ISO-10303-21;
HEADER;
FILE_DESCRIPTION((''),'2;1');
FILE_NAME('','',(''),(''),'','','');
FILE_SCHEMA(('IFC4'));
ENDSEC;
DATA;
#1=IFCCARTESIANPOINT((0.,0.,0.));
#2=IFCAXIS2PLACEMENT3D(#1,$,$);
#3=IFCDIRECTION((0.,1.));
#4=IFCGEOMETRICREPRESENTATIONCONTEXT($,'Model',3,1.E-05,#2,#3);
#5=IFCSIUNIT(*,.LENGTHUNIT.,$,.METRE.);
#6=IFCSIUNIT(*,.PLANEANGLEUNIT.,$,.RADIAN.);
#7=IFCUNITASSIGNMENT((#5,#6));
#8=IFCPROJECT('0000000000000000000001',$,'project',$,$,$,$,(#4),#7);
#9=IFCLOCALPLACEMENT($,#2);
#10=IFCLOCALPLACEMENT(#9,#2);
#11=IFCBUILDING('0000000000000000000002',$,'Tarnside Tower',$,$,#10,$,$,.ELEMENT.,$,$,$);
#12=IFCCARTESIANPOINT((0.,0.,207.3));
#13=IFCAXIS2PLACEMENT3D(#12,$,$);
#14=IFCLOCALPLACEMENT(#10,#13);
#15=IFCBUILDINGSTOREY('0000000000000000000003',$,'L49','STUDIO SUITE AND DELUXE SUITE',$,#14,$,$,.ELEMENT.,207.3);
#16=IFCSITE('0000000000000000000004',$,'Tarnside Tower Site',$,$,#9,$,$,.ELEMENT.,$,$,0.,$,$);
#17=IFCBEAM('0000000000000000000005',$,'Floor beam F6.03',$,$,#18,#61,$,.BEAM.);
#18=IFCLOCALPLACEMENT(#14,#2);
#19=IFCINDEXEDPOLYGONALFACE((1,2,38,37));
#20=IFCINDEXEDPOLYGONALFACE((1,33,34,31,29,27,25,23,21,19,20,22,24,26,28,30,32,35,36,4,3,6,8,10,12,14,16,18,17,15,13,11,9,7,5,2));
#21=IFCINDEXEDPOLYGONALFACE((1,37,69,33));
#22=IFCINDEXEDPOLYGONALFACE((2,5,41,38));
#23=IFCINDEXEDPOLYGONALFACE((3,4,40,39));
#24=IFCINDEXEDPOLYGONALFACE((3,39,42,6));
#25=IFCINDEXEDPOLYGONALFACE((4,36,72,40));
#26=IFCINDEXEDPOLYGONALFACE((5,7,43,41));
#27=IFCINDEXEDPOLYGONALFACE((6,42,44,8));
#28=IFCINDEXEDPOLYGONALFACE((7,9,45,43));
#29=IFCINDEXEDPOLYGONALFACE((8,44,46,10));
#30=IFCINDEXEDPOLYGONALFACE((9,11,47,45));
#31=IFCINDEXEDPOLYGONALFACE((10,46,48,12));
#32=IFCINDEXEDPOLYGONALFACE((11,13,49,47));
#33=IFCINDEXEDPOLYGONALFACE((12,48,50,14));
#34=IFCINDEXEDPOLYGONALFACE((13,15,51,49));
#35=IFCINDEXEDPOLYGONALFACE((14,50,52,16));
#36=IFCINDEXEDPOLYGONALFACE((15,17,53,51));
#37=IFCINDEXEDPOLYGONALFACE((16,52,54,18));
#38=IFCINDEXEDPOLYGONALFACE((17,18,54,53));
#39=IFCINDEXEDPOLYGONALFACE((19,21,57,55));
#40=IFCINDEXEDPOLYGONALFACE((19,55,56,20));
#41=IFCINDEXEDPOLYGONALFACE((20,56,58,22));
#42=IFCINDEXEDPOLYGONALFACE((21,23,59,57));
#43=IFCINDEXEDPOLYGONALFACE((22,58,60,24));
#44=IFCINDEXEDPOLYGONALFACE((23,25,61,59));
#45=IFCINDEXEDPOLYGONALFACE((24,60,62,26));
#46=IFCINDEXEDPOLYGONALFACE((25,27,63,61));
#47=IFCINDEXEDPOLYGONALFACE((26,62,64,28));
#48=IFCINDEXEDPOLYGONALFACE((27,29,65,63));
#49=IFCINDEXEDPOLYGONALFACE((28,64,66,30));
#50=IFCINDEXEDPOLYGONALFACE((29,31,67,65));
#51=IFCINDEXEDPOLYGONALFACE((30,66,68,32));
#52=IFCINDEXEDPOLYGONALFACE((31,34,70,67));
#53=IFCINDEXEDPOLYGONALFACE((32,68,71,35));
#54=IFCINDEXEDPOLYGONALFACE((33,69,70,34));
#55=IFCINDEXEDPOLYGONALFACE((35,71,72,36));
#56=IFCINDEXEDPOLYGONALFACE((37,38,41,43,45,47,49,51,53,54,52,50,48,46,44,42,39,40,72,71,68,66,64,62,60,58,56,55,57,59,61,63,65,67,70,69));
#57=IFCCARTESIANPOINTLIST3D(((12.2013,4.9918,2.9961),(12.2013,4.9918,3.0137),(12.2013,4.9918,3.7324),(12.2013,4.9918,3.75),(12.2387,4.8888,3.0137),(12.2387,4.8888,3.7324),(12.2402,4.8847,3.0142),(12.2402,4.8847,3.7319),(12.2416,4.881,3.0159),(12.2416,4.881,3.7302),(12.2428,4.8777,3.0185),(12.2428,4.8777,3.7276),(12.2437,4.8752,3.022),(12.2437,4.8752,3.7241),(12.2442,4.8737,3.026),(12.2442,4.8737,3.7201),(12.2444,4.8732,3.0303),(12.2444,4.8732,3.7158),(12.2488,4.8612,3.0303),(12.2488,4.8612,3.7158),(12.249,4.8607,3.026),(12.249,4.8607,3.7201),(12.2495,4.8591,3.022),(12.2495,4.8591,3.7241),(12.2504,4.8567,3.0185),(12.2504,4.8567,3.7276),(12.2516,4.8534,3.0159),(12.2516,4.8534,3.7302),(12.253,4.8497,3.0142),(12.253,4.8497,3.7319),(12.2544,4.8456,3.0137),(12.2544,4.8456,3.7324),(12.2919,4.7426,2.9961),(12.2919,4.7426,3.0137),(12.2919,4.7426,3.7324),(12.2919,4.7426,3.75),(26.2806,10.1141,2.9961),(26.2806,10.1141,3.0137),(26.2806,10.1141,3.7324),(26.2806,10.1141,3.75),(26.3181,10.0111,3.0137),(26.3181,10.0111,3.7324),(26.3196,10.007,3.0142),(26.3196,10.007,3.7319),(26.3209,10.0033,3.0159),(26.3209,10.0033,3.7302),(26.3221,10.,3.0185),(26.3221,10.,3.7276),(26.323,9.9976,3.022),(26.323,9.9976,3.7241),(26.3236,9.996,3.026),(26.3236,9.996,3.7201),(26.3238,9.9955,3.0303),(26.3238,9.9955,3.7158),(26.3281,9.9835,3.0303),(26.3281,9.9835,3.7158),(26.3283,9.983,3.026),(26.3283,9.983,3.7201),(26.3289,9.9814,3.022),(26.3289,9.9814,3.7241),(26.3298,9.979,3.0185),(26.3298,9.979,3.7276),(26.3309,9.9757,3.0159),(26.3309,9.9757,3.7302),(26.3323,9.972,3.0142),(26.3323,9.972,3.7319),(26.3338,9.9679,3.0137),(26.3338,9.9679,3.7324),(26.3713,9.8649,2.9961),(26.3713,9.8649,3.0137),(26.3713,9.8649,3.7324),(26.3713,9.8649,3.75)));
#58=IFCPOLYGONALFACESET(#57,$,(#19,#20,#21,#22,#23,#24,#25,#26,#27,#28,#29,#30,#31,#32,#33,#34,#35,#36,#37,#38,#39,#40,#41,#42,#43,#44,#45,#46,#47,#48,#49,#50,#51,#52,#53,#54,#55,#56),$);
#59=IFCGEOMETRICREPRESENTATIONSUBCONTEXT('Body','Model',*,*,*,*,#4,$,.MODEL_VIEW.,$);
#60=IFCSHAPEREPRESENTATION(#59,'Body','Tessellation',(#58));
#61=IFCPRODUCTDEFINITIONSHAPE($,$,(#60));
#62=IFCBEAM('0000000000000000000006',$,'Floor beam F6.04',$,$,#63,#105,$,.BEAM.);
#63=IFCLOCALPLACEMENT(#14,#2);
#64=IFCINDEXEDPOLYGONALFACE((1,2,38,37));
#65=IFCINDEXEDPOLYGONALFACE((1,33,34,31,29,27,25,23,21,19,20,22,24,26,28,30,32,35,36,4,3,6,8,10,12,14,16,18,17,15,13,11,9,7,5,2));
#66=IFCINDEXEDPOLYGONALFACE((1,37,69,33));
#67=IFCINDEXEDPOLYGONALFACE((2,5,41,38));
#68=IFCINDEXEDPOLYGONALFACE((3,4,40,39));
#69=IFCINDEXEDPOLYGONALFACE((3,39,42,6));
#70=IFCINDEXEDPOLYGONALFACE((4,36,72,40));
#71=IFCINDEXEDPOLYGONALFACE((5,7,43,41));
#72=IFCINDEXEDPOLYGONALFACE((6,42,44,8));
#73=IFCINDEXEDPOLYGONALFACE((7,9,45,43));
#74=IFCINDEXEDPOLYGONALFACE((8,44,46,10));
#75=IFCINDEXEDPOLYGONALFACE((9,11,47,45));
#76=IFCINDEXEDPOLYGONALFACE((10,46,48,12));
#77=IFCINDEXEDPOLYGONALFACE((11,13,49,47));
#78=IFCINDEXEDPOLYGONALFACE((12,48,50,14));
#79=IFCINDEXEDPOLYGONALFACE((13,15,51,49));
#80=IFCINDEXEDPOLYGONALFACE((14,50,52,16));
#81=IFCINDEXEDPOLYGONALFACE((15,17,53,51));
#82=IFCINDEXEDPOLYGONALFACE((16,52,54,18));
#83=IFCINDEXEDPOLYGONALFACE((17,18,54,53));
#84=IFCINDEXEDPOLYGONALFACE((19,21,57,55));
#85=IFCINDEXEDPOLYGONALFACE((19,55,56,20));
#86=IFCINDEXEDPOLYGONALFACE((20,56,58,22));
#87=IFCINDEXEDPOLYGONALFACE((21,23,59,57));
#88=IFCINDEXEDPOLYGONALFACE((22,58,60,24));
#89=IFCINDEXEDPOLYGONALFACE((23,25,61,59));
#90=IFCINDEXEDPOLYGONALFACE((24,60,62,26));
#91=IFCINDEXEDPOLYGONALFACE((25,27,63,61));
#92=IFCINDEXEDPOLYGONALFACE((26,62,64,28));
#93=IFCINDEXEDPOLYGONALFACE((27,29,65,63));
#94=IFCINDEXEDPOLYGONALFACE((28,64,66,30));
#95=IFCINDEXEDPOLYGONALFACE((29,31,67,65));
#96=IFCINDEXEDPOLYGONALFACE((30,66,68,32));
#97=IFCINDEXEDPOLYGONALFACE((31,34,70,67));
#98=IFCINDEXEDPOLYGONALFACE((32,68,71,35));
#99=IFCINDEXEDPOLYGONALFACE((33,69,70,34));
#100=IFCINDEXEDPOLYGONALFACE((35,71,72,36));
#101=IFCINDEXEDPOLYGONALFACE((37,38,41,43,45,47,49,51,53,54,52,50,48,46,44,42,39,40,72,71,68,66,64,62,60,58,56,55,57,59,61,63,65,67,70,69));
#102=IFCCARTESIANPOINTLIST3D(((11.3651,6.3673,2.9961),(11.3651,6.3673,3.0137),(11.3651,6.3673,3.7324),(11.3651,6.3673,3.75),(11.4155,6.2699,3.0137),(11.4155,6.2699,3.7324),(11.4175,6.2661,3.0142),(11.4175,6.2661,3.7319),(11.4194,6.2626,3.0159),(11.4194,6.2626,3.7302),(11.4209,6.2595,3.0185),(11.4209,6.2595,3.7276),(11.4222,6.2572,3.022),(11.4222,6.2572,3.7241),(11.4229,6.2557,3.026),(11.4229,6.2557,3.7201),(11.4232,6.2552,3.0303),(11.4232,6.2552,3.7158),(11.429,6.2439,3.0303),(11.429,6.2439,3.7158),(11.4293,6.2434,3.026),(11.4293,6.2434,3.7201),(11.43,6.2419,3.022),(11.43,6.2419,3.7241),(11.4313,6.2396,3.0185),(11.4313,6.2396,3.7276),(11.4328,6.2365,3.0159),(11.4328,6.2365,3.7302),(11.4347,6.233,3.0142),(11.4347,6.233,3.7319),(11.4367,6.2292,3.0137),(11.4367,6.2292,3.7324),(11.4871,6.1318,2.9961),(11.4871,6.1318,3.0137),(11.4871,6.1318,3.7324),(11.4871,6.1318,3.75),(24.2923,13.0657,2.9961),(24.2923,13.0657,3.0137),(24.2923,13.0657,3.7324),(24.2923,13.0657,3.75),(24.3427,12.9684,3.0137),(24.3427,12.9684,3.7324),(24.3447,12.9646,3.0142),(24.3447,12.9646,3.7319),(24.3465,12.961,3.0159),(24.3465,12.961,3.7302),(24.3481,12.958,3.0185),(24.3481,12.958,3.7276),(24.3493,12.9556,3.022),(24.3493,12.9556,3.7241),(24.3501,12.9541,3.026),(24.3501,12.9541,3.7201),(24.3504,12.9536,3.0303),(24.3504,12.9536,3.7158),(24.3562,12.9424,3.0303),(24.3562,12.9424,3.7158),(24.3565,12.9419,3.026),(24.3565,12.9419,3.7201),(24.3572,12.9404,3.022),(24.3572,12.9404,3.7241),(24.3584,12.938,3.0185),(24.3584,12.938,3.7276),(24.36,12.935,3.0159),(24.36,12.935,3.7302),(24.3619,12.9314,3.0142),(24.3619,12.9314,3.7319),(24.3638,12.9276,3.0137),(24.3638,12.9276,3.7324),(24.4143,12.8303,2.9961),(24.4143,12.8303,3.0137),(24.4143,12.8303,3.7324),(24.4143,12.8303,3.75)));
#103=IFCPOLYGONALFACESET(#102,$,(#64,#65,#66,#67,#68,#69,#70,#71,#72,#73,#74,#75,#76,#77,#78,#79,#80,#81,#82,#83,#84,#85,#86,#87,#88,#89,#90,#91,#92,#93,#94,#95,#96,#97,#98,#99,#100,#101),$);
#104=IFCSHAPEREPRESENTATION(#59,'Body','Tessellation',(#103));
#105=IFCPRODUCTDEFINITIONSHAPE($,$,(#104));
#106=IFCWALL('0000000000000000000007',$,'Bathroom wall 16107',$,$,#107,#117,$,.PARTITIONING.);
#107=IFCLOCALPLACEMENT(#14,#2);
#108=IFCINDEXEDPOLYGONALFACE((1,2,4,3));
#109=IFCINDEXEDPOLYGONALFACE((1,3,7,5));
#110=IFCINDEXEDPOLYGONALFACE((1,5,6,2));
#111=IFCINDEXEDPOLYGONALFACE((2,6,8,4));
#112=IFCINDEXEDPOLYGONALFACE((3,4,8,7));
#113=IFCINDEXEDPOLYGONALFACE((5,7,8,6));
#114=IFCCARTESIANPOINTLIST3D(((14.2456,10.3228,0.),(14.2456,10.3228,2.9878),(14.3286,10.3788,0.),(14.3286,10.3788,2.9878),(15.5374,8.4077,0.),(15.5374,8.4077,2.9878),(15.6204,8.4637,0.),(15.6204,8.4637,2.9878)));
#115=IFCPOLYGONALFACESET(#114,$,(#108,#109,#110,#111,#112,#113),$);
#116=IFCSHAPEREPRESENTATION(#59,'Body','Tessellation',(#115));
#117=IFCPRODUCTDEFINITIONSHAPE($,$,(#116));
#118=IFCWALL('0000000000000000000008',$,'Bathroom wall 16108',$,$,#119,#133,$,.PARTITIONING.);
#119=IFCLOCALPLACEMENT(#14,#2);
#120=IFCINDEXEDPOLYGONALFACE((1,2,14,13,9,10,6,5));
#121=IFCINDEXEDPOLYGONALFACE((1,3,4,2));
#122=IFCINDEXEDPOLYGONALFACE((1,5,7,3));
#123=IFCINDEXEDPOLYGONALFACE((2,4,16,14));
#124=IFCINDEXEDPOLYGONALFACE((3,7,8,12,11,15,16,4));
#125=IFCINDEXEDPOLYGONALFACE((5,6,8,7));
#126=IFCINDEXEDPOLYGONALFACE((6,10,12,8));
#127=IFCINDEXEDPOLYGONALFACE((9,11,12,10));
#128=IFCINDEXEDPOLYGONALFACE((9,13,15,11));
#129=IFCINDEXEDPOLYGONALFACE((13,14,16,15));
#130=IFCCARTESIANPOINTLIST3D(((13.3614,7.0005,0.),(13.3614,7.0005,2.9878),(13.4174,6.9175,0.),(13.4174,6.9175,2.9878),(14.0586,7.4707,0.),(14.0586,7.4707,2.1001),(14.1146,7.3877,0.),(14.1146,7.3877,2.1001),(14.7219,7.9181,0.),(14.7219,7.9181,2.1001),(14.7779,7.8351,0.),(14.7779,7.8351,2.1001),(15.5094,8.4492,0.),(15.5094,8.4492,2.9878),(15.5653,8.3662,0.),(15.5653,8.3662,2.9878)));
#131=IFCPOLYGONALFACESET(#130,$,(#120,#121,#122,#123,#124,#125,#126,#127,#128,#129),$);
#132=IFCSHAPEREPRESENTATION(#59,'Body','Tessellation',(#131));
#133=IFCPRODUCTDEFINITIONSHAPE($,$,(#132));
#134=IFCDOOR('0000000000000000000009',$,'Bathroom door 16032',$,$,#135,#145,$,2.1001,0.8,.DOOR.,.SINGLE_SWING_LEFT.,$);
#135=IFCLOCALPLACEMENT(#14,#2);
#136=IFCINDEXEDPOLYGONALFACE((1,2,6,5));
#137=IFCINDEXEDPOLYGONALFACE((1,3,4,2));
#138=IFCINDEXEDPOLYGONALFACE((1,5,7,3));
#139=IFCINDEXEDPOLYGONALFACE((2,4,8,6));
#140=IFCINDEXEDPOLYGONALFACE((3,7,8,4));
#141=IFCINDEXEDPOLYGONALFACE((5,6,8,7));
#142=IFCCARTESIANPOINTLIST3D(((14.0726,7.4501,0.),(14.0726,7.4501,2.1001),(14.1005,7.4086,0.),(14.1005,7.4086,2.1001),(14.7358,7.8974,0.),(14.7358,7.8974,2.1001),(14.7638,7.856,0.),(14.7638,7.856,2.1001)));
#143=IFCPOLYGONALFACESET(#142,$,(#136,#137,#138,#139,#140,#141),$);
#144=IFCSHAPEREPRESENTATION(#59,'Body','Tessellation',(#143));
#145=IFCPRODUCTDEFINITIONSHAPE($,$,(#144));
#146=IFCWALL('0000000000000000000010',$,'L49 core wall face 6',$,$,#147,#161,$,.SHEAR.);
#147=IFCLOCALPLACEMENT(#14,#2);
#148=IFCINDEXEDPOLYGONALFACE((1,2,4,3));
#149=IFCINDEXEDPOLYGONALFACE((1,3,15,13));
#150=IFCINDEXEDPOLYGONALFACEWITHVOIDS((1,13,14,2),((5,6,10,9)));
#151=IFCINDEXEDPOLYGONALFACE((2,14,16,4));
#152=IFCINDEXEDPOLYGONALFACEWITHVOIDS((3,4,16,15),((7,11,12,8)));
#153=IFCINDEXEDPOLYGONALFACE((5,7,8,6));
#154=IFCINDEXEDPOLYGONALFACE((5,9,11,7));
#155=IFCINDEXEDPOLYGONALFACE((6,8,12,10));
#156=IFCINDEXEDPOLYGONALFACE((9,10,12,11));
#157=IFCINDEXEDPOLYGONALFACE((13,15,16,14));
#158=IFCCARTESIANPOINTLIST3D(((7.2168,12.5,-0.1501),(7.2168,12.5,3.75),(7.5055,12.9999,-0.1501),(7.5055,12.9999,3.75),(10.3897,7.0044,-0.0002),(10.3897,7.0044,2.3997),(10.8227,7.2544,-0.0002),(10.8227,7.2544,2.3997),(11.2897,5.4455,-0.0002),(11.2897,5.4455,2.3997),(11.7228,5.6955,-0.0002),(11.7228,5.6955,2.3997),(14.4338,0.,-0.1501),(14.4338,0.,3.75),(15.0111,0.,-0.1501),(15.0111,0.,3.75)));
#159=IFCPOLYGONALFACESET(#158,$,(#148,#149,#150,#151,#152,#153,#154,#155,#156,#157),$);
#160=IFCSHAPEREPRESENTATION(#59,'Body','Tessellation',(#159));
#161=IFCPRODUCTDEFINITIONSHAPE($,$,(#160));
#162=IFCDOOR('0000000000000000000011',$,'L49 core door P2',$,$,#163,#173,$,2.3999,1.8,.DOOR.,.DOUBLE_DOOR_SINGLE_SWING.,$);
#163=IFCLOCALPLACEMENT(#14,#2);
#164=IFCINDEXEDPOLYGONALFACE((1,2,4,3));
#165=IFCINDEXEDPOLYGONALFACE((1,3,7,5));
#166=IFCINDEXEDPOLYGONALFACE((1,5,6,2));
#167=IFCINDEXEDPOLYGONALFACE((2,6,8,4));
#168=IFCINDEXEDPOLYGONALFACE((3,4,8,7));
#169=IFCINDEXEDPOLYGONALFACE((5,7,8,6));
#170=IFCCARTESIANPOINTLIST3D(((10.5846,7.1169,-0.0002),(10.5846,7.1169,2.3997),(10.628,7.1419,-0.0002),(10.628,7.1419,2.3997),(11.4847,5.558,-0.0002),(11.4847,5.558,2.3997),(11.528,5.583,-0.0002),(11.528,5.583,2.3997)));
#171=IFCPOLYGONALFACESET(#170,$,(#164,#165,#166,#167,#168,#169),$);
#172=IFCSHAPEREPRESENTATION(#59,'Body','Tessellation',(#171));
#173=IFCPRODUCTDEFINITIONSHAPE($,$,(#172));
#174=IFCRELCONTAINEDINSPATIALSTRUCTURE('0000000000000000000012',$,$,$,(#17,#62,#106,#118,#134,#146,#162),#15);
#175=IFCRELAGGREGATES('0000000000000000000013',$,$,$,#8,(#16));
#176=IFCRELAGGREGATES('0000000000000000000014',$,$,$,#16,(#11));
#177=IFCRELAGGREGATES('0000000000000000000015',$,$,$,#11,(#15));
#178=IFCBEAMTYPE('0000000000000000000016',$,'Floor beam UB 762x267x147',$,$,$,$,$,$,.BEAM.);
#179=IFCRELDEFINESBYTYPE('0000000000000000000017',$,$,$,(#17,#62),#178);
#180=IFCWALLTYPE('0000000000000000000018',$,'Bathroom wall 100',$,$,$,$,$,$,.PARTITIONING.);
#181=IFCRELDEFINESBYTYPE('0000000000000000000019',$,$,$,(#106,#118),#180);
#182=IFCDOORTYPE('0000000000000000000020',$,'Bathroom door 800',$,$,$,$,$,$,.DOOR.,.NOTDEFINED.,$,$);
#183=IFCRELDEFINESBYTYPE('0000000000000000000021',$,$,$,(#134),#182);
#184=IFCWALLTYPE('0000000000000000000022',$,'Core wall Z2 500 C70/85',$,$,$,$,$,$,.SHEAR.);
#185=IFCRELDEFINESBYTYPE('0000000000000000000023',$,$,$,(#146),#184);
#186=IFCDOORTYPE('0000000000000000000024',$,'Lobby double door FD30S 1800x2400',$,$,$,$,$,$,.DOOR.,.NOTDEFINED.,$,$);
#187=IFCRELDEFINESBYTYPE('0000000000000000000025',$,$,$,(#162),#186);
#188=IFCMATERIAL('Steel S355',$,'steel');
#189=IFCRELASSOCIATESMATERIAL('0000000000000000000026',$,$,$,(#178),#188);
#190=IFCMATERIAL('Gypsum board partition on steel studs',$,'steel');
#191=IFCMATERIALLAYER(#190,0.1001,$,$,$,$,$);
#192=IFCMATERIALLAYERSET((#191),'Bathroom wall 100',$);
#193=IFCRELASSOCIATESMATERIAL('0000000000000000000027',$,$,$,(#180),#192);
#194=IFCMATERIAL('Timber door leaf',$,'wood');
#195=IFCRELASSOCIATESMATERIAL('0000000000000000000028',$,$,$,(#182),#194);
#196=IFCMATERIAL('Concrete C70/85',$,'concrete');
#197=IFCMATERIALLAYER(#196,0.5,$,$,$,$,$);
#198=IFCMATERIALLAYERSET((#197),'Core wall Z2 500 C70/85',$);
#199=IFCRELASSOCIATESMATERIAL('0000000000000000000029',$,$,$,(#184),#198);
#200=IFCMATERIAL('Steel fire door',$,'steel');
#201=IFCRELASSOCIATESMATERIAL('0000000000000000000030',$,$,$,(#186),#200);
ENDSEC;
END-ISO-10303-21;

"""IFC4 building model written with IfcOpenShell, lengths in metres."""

from ifc_helpers import new_model, si_unit, direction, frame, frame_2d, origin, origin_2d, place, context, subcontext, project, spatial, polyline, rectangle, i_section, outline, extrude, material, layer, layer_set, material_profile, profile_set, type_object, element, fill, save


model = new_model("IFC4")

# Units and contexts
model_context = context("Model", 3, precision=1e-05, world=origin(), true_north=direction((0.0, 1.0)))
body_context = subcontext(model_context, "Body", "Model", "MODEL_VIEW")
ifc_project = project(units=[si_unit("LENGTHUNIT", "METRE"), si_unit("PLANEANGLEUNIT", "RADIAN")], contexts=[model_context])

# Site, building, storey
site_placement = place(None, origin())
site = spatial("IfcSite", under=ifc_project, at=site_placement, Name="Tarnside Tower Site", CompositionType="ELEMENT", RefElevation=0.0)
building_placement = place(site_placement, origin())
building = spatial("IfcBuilding", under=site, at=building_placement, Name="Tarnside Tower", CompositionType="ELEMENT")
storey_placement = place(building_placement, frame((0.0, 0.0, 207.3)))
storey = spatial("IfcBuildingStorey", under=building, at=storey_placement, Name="L49", Description="STUDIO SUITE AND DELUXE SUITE", CompositionType="ELEMENT", Elevation=207.3)

# Beams
ifc_material_1 = material(Name="Steel S355", Category="steel")
ifc_material_profile = material_profile(ifc_material_1, i_section(OverallWidth=0.2651, OverallDepth=0.7539, WebThickness=0.0127, FlangeThickness=0.0176, FilletRadius=0.0166, at=origin_2d()), Name="UB 762x267x147")
ifc_profile_set = profile_set([ifc_material_profile], Name="Steel S355")
beam_type = type_object("IfcBeamType", Name="Floor beam UB 762x267x147", PredefinedType="BEAM", material=ifc_profile_set)
beam_1_placement = place(storey_placement, frame((26.3259, 9.9895, 3.373), z_axis=(-0.939739, -0.341894, 0.0), x_axis=(0.341894, -0.939739, 0.0)))
element("IfcBeam", 1, at=beam_1_placement, inside=storey, type_object=beam_type, Name="Floor beam F6.03", PredefinedType="BEAM", context=body_context, shape_type="SweptSolid", body=[
    extrude(i_section(OverallWidth=0.2651, OverallDepth=0.7539, WebThickness=0.0127, FlangeThickness=0.0176, FilletRadius=0.0166, at=origin_2d()), origin(), (0.0, 0.0, 1.0), 14.9822),
])
beam_2_placement = place(storey_placement, frame((24.3533, 12.948, 3.373), z_axis=(-0.887882, -0.460072, 0.0), x_axis=(0.460072, -0.887882, 0.0)))
element("IfcBeam", 2, at=beam_2_placement, inside=storey, type_object=beam_type, Name="Floor beam F6.04", PredefinedType="BEAM", context=body_context, shape_type="SweptSolid", body=[
    extrude(i_section(OverallWidth=0.2651, OverallDepth=0.7539, WebThickness=0.0127, FlangeThickness=0.0176, FilletRadius=0.0166, at=origin_2d()), origin(), (0.0, 0.0, 1.0), 14.5596),
])

# Wall
ifc_material_2 = material(Name="Gypsum board partition on steel studs", Category="steel")
ifc_layer_1 = layer(ifc_material_2, 0.1001)
ifc_layer_set_1 = layer_set([ifc_layer_1], Name="Bathroom wall 100")
wall_type_1 = type_object("IfcWallType", Name="Bathroom wall 100", PredefinedType="PARTITIONING", material=ifc_layer_set_1)
wall_1_placement = place(storey_placement, frame((14.2871, 10.3508, 0.0), z_axis=(0.0, 0.0, 1.0), x_axis=(0.559204, -0.82903, 0.0)))
element("IfcWall", 3, at=wall_1_placement, inside=storey, type_object=wall_type_1, Name="Bathroom wall 16107", PredefinedType="PARTITIONING", context=body_context, shape_type="SweptSolid", body=[
    extrude(rectangle(XDim=2.3101, YDim=0.1001, at=frame_2d((1.155, 0.0))), origin(), (0.0, 0.0, 1.0), 2.9878),
])

# Walls, openings, doors
wall_2_placement = place(storey_placement, frame((15.5374, 8.4077, 0.0), z_axis=(0.0, 0.0, 1.0), x_axis=(-0.829052, -0.559172, 0.0)))
wall_2 = element("IfcWall", 4, at=wall_2_placement, inside=storey, type_object=wall_type_1, Name="Bathroom wall 16108", PredefinedType="PARTITIONING", context=body_context, shape_type="SweptSolid", body=[
    extrude(rectangle(XDim=2.5908, YDim=0.1001, at=frame_2d((1.2954, 0.0))), origin(), (0.0, 0.0, 1.0), 2.9878),
])
opening_1_placement = place(wall_2_placement, frame((0.95, 0.0, 0.0)))
opening_1 = element("IfcOpeningElement", 5, at=opening_1_placement, cuts=wall_2, PredefinedType="OPENING", context=body_context, shape_type="SweptSolid", body=[
    extrude(rectangle(XDim=0.8, YDim=2.1001, at=frame_2d((0.3999, 1.05))), frame((0.0, 0.0601, 0.0), z_axis=(0.0, -1.0, 0.0), x_axis=(1.0, 0.0, 0.0)), (0.0, 0.0, 1.0), 0.1201),
])
ifc_material_3 = material(Name="Timber door leaf", Category="wood")
door_type_1 = type_object("IfcDoorType", Name="Bathroom door 800", OperationType="NOTDEFINED", PredefinedType="DOOR", material=ifc_material_3)
door_1_placement = place(opening_1_placement, origin())
door_1 = element("IfcDoor", 6, at=door_1_placement, inside=storey, type_object=door_type_1, Name="Bathroom door 16032", OperationType="SINGLE_SWING_LEFT", OverallHeight=2.1001, OverallWidth=0.8, PredefinedType="DOOR", context=body_context, shape_type="SweptSolid", body=[
    extrude(rectangle(XDim=0.8, YDim=2.1001, at=frame_2d((0.3999, 1.05))), frame((0.0, 0.0249, 0.0), z_axis=(0.0, -1.0, 0.0), x_axis=(1.0, 0.0, 0.0)), (0.0, 0.0, 1.0), 0.05),
])
fill(opening_1, door_1)
ifc_material_4 = material(Name="Concrete C70/85", Category="concrete")
ifc_layer_2 = layer(ifc_material_4, 0.5)
ifc_layer_set_2 = layer_set([ifc_layer_2], Name="Core wall Z2 500 C70/85")
wall_type_2 = type_object("IfcWallType", Name="Core wall Z2 500 C70/85", PredefinedType="SHEAR", material=ifc_layer_set_2)
wall_3_placement = place(storey_placement, frame((14.7224, 0.0, -0.1501), z_axis=(0.0, 0.0, 1.0), x_axis=(-0.500006, 0.866022, 0.0)))
wall_3 = element("IfcWall", 7, at=wall_3_placement, inside=storey, type_object=wall_type_2, Name="L49 core wall face 6", PredefinedType="SHEAR", context=body_context, shape_type="SweptSolid", body=[
    extrude(outline(polyline([(-0.1443, -0.25), (14.8667, -0.25), (14.5781, 0.25), (0.1443, 0.25), (-0.1443, -0.25)])), origin(), (0.0, 0.0, 1.0), 3.9001),
])
opening_2_placement = place(wall_3_placement, frame((6.4324, 0.0, 0.1499)))
opening_2 = element("IfcOpeningElement", 8, at=opening_2_placement, cuts=wall_3, PredefinedType="OPENING", context=body_context, shape_type="SweptSolid", body=[
    extrude(rectangle(XDim=1.8, YDim=2.3999, at=frame_2d((0.8999, 1.2))), frame((0.0, 0.26, 0.0), z_axis=(0.0, -1.0, 0.0), x_axis=(1.0, 0.0, 0.0)), (0.0, 0.0, 1.0), 0.52),
])
ifc_material_5 = material(Name="Steel fire door", Category="steel")
door_type_2 = type_object("IfcDoorType", Name="Lobby double door FD30S 1800x2400", OperationType="NOTDEFINED", PredefinedType="DOOR", material=ifc_material_5)
door_2_placement = place(opening_2_placement, origin())
door_2 = element("IfcDoor", 9, at=door_2_placement, inside=storey, type_object=door_type_2, Name="L49 core door P2", OperationType="DOUBLE_DOOR_SINGLE_SWING", OverallHeight=2.3999, OverallWidth=1.8, PredefinedType="DOOR", context=body_context, shape_type="SweptSolid", body=[
    extrude(rectangle(XDim=1.8, YDim=2.3999, at=frame_2d((0.8999, 1.2))), frame((0.0, 0.0249, 0.0), z_axis=(0.0, -1.0, 0.0), x_axis=(1.0, 0.0, 0.0)), (0.0, 0.0, 1.0), 0.05),
])
fill(opening_2, door_2)

save(model, "model.ifc")
